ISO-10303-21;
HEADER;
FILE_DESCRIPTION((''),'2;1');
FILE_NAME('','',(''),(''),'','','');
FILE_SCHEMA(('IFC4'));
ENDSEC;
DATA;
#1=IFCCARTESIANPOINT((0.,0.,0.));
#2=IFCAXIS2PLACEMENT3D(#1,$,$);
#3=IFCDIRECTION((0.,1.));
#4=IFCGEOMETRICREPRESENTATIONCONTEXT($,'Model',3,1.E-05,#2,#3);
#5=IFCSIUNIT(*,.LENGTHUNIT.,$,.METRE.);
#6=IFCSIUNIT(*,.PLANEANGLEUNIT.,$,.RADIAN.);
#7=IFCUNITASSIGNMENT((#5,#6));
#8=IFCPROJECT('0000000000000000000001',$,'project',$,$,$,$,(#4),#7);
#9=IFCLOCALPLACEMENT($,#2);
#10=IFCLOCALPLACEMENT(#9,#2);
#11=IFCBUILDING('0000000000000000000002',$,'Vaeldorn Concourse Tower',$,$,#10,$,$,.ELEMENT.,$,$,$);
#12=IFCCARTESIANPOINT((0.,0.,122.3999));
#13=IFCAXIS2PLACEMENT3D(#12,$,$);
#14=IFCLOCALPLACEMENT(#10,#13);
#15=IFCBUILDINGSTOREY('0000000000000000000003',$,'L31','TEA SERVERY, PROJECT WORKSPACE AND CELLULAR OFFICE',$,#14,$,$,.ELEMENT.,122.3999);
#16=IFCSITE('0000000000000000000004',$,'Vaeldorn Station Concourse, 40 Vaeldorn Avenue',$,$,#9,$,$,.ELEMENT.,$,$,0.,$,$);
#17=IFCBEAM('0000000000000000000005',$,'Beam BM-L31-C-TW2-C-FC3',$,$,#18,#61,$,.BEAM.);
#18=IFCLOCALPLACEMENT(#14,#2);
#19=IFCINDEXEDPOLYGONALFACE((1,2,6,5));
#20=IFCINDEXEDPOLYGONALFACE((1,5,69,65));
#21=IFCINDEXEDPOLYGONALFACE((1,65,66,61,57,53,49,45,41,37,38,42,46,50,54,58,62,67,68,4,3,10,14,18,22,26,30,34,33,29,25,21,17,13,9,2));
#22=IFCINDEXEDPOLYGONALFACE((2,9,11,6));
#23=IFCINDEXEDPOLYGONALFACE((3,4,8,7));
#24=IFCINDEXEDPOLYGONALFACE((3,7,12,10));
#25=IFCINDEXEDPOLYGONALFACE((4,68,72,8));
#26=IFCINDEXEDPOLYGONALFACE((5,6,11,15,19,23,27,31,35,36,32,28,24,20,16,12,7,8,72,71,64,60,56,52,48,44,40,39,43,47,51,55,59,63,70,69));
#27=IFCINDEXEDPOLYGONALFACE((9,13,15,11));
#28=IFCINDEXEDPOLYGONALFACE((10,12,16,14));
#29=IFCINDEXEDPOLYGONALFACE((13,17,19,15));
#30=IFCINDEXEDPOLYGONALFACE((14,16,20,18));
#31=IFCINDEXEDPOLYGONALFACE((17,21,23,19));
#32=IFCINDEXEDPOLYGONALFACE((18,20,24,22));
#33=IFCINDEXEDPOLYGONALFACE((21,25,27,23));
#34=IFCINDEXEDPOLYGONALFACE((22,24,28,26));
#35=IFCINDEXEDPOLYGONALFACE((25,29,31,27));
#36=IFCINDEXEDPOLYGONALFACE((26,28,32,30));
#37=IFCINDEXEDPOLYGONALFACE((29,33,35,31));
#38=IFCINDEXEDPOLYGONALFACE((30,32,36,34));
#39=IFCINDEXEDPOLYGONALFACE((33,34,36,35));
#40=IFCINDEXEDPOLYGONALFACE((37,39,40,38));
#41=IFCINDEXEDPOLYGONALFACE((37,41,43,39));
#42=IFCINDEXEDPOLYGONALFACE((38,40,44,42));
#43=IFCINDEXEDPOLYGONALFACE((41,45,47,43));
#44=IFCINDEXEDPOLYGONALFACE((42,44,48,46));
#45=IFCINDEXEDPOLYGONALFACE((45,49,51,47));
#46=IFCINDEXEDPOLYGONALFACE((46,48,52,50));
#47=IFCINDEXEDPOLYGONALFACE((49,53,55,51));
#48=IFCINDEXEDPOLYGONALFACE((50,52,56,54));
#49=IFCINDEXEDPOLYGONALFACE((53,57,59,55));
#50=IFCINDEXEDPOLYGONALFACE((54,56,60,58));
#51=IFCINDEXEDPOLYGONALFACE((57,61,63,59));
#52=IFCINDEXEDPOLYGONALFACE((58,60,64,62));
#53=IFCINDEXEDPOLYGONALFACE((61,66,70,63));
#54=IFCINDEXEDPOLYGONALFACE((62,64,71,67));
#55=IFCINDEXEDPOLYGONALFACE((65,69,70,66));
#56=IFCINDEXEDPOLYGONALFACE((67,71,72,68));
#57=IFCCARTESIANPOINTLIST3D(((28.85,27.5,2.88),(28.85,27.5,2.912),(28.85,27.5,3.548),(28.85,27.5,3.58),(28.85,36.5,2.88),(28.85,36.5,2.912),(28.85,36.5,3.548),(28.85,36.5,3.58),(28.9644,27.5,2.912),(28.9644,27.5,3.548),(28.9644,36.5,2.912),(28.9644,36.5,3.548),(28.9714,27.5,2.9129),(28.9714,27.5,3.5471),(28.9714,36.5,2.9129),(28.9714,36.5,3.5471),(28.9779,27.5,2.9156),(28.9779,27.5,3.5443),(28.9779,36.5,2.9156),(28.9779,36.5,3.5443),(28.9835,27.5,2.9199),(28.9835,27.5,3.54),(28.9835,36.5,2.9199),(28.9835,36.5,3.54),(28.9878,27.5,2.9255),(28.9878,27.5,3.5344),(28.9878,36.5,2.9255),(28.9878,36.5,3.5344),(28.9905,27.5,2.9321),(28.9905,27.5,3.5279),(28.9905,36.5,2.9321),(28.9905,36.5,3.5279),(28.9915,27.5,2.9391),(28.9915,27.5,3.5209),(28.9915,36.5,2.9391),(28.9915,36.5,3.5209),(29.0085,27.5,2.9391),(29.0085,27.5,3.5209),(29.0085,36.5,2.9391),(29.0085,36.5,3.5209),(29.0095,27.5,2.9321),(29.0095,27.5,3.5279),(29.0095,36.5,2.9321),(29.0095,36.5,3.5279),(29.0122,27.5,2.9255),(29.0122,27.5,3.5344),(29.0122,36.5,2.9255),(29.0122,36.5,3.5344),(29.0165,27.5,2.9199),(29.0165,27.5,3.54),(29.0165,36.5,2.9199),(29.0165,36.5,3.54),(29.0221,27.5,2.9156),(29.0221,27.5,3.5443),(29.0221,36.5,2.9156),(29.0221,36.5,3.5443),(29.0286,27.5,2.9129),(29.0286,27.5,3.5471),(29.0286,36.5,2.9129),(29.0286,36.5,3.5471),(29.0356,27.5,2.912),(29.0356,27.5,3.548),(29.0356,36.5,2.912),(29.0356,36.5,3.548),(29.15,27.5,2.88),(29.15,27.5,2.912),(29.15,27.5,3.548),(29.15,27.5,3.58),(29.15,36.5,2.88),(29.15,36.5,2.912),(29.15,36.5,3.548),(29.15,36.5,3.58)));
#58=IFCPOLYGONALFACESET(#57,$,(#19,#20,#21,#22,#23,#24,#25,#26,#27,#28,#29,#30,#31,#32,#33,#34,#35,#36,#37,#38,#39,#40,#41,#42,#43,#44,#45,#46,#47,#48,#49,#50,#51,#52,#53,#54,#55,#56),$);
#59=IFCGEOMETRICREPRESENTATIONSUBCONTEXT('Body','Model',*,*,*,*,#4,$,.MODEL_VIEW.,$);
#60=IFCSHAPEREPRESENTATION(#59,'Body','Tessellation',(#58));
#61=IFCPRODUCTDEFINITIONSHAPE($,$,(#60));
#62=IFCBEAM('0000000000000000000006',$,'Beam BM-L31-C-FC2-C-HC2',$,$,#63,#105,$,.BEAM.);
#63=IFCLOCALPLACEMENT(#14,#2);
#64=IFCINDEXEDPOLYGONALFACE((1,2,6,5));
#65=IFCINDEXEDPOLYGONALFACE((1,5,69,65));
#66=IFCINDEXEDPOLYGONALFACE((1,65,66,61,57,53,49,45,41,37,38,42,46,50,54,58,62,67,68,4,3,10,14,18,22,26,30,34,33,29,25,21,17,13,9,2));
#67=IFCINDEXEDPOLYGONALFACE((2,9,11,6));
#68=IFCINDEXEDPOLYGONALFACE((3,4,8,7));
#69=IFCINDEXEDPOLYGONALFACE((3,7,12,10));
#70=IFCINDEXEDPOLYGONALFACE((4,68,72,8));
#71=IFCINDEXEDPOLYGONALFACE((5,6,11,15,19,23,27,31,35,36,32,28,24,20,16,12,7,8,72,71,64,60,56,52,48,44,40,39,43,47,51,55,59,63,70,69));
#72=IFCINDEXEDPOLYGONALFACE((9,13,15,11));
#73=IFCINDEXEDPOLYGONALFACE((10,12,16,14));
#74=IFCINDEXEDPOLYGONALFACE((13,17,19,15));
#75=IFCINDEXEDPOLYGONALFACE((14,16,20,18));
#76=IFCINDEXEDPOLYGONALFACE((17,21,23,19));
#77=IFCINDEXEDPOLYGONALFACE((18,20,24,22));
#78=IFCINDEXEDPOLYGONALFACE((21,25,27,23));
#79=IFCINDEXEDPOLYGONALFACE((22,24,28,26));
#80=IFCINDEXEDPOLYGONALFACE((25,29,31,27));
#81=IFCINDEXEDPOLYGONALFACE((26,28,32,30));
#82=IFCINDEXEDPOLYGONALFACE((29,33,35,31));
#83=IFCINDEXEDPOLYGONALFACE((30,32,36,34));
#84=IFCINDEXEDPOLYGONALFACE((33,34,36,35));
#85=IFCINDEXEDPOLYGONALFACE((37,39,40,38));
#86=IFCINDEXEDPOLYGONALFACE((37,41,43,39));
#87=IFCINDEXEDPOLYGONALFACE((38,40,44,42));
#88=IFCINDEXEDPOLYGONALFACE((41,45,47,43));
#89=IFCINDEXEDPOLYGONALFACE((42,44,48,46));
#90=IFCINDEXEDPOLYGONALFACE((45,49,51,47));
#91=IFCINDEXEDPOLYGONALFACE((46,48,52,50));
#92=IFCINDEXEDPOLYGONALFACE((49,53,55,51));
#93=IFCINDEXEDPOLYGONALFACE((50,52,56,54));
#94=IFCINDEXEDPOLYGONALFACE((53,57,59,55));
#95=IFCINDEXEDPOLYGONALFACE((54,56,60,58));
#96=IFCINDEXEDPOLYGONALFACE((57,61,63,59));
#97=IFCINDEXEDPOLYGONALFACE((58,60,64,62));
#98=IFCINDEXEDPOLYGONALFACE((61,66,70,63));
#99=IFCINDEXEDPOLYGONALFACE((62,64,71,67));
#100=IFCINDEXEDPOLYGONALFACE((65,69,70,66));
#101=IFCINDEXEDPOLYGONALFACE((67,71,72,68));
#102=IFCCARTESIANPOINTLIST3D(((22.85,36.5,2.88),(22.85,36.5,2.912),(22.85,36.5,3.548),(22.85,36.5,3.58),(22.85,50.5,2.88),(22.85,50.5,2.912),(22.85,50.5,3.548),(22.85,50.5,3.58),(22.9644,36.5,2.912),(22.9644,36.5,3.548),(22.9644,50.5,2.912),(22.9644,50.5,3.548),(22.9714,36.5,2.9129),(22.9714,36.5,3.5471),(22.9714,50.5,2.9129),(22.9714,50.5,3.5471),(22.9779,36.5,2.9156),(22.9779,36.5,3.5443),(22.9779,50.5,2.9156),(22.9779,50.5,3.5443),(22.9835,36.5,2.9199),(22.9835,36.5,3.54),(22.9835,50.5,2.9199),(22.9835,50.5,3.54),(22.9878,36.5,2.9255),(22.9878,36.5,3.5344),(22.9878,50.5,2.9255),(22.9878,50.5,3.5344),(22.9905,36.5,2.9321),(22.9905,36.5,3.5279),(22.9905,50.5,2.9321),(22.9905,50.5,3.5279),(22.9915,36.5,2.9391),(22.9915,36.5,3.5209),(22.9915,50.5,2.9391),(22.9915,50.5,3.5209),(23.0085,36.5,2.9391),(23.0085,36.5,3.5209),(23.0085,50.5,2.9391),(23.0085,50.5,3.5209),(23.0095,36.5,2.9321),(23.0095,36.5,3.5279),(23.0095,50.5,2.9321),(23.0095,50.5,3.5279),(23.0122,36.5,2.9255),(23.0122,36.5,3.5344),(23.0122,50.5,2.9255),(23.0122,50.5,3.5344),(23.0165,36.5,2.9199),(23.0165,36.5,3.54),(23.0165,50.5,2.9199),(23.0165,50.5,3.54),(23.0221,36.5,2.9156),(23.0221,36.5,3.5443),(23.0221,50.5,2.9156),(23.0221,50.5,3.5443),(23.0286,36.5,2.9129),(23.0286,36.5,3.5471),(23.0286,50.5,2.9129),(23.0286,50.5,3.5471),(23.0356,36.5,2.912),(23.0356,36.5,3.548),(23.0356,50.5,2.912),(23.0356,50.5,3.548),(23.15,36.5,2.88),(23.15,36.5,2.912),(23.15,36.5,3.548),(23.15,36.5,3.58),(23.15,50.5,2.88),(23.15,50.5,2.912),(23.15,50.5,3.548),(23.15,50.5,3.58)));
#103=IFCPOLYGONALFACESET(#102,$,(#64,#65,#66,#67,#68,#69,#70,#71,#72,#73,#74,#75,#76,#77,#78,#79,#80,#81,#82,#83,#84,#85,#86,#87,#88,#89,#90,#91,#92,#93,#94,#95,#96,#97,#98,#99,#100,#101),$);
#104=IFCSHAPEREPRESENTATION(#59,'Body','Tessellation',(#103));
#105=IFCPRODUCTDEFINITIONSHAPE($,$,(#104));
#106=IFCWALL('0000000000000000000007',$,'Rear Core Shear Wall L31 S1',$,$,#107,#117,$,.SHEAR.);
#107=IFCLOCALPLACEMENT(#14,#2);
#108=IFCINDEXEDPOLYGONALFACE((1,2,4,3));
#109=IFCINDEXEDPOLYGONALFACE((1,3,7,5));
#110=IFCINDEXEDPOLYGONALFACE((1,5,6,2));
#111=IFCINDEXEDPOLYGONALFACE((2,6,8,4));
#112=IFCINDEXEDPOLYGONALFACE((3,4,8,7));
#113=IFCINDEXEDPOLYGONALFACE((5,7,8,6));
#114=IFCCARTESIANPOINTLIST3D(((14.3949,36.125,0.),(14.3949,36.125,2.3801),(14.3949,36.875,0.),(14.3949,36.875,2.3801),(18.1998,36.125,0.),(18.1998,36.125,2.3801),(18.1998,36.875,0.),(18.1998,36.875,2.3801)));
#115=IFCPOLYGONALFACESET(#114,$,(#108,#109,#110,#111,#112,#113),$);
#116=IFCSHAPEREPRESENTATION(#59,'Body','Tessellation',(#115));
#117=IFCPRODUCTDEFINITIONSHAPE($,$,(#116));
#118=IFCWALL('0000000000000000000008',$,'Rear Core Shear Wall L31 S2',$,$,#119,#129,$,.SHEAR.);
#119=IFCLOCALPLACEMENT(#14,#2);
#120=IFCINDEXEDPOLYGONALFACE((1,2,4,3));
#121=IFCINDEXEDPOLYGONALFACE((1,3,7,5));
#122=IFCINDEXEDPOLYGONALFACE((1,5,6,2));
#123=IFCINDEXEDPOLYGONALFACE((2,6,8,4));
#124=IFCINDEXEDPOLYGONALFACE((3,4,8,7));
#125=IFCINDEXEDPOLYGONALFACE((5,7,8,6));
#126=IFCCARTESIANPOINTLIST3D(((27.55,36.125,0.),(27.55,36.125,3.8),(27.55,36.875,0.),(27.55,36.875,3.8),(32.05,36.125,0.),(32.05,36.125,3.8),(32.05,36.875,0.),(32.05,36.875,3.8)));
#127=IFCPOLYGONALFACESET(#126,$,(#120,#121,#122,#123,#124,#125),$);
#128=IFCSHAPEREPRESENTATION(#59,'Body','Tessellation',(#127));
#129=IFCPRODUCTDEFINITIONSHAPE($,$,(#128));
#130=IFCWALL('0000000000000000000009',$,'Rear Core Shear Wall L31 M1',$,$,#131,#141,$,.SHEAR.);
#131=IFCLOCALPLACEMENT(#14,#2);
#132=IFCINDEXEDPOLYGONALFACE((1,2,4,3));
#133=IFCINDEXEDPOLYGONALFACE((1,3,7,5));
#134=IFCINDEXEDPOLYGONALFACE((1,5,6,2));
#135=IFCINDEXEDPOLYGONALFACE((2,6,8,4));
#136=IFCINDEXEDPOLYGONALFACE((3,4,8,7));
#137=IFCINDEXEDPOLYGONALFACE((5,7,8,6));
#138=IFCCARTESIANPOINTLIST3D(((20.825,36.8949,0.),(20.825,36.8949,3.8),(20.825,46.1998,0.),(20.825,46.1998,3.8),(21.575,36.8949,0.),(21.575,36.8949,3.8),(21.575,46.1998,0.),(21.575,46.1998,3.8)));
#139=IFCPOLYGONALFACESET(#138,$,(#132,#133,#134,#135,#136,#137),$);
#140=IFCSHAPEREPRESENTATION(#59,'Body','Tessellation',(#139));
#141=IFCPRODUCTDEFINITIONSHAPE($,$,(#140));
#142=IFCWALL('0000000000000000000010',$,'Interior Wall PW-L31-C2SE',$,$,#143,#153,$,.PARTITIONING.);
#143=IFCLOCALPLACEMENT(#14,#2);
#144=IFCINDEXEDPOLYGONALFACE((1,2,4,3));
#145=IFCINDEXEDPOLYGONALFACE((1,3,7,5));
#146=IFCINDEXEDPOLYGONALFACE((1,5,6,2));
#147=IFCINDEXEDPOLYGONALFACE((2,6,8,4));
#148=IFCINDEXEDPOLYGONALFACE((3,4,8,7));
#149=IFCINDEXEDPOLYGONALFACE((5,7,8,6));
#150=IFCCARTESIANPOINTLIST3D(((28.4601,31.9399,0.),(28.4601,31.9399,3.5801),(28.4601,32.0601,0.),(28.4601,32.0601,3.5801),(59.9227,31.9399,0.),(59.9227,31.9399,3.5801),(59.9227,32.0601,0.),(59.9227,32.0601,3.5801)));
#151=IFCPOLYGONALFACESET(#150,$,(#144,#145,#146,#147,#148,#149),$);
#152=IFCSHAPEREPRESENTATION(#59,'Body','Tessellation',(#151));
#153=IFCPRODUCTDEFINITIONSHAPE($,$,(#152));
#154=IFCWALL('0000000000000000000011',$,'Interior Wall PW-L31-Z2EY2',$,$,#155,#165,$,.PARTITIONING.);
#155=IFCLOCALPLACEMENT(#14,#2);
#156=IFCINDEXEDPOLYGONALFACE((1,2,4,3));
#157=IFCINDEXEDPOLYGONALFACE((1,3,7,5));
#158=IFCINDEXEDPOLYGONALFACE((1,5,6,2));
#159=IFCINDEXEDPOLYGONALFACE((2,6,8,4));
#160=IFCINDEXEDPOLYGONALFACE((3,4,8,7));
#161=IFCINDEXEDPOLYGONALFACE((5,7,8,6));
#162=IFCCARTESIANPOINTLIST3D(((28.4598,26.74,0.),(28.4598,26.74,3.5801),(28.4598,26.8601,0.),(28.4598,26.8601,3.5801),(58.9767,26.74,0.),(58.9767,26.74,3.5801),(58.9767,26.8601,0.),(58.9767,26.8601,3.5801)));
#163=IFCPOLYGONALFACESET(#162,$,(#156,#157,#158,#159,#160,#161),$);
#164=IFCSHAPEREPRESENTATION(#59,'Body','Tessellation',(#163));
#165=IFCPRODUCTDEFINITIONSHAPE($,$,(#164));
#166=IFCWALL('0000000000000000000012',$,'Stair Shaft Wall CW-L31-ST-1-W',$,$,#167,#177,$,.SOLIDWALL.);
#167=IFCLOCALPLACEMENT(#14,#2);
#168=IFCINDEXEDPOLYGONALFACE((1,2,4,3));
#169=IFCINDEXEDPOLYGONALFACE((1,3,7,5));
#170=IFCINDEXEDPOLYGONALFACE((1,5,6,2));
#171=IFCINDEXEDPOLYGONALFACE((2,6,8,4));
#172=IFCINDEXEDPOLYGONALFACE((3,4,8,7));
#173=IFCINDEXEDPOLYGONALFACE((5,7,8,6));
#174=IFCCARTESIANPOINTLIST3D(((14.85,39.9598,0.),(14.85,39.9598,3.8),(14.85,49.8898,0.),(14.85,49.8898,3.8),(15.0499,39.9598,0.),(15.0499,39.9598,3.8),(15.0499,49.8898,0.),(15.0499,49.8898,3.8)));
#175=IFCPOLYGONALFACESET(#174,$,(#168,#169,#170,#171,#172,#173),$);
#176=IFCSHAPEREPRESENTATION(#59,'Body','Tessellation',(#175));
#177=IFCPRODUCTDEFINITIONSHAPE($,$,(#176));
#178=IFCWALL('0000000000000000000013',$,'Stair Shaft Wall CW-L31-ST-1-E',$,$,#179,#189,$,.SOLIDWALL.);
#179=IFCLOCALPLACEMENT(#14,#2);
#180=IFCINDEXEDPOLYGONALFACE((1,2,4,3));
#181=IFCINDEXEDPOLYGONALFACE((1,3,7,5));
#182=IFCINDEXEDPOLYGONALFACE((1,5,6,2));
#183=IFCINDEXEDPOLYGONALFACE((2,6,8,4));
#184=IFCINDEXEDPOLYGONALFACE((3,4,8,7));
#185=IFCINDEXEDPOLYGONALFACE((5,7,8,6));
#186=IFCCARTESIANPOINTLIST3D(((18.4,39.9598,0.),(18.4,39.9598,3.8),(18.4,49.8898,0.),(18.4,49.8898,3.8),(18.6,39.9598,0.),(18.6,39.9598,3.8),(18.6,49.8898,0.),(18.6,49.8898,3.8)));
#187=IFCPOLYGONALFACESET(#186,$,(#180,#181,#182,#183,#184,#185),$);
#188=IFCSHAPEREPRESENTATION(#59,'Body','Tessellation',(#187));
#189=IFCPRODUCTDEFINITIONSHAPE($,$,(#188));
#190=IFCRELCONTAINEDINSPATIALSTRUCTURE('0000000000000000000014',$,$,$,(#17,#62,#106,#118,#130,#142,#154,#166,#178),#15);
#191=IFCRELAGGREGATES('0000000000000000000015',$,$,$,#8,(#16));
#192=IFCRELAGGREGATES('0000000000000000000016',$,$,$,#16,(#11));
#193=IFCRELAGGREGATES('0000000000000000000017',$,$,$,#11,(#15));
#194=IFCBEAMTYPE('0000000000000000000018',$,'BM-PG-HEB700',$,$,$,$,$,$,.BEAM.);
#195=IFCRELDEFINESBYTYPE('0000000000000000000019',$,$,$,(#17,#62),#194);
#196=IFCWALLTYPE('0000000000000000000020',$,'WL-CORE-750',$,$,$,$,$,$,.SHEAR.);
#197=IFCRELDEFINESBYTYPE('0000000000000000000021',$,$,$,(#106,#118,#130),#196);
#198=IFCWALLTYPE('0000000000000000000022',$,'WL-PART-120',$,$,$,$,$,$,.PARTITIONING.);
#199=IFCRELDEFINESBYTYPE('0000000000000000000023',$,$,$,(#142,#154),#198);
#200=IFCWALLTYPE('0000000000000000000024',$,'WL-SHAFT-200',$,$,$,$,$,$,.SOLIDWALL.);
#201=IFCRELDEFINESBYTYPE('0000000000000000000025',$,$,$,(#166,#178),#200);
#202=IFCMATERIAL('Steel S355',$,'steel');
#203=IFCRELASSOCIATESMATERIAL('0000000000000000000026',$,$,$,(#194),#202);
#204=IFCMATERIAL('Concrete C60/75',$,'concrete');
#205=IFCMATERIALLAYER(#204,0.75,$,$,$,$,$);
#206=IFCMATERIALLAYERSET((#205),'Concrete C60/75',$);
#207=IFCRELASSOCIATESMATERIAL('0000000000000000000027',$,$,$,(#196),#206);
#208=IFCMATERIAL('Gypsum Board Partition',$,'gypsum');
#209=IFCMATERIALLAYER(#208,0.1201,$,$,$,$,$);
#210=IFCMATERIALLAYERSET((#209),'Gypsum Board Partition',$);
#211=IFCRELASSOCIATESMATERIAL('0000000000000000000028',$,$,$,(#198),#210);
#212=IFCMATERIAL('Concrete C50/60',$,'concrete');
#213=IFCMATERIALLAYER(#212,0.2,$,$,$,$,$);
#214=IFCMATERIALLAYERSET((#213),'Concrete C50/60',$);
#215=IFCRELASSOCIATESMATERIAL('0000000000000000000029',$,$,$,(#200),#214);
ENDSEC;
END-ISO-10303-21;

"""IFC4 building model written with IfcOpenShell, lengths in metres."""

from ifc_helpers import new_model, si_unit, direction, frame, frame_2d, origin, origin_2d, place, context, subcontext, project, spatial, rectangle, i_section, extrude, source, transform, mapped, material, layer, layer_set, material_profile, profile_set, type_object, element, save


model = new_model("IFC4")

# Units and contexts
model_context = context("Model", 3, precision=1e-05, world=origin(), true_north=direction((0.0, 1.0)))
body_context = subcontext(model_context, "Body", "Model", "MODEL_VIEW")
ifc_project = project(units=[si_unit("LENGTHUNIT", "METRE"), si_unit("PLANEANGLEUNIT", "RADIAN")], contexts=[model_context])

# Site, building, storey
site_placement = place(None, origin())
site = spatial("IfcSite", under=ifc_project, at=site_placement, Name="Vaeldorn Station Concourse, 40 Vaeldorn Avenue", CompositionType="ELEMENT", RefElevation=0.0)
building_placement = place(site_placement, origin())
building = spatial("IfcBuilding", under=site, at=building_placement, Name="Vaeldorn Concourse Tower", CompositionType="ELEMENT")
storey_placement = place(building_placement, frame((0.0, 0.0, 122.3999)))
storey = spatial("IfcBuildingStorey", under=building, at=storey_placement, Name="L31", Description="TEA SERVERY, PROJECT WORKSPACE AND CELLULAR OFFICE", CompositionType="ELEMENT", Elevation=122.3999)

# Beams
ifc_material_1 = material(Name="Steel S355", Category="steel")
ifc_material_profile_1 = material_profile(ifc_material_1, i_section(OverallWidth=0.3, OverallDepth=0.7, WebThickness=0.0171, FlangeThickness=0.032, FilletRadius=0.0271, at=origin_2d()), Name="HEB 700")
ifc_profile_set_1 = profile_set([ifc_material_profile_1], Name="Steel S355")
beam_type_1 = type_object("IfcBeamType", Name="BM-PG-HEB700", PredefinedType="BEAM", material=ifc_profile_set_1)
shared_shape_1 = source(origin(), body_context, "Body", "SweptSolid", [
    extrude(i_section(OverallWidth=0.3, OverallDepth=0.7, WebThickness=0.0171, FlangeThickness=0.032, FilletRadius=0.0271, at=origin_2d()), origin(), (0.0, 0.0, 1.0), 9.0),
])
for number, where, z_axis, x_axis, name in (
    (1, (29.0, 27.5, 3.23), (0.0, 1.0, 0.0), (-1.0, 0.0, 0.0), "Beam BM-L31-C-TW2-C-FC3"),
):
    element("IfcBeam", number, at=place(storey_placement, frame(where, z_axis=z_axis, x_axis=x_axis)), inside=storey, type_object=beam_type_1, Name=name, PredefinedType="BEAM", context=body_context, shape_type="MappedRepresentation", body=[
        mapped(shared_shape_1, transform((0.0, 0.0, 0.0), scale=1.0)),
    ])
shared_shape_2 = source(origin(), body_context, "Body", "SweptSolid", [
    extrude(i_section(OverallWidth=0.3, OverallDepth=0.7, WebThickness=0.0171, FlangeThickness=0.032, FilletRadius=0.0271, at=origin_2d()), origin(), (0.0, 0.0, 1.0), 14.0),
])
beam_placement = place(storey_placement, frame((23.0, 36.5, 3.23), z_axis=(0.0, 1.0, 0.0), x_axis=(-1.0, 0.0, 0.0)))
element("IfcBeam", 2, at=beam_placement, inside=storey, type_object=beam_type_1, Name="Beam BM-L31-C-FC2-C-HC2", PredefinedType="BEAM", context=body_context, shape_type="MappedRepresentation", body=[
    mapped(shared_shape_2, transform((0.0, 0.0, 0.0), scale=1.0)),
])

# Walls
ifc_material_2 = material(Name="Concrete C60/75", Category="concrete")
ifc_layer_1 = layer(ifc_material_2, 0.75)
ifc_layer_set_1 = layer_set([ifc_layer_1], Name="Concrete C60/75")
wall_type_1 = type_object("IfcWallType", Name="WL-CORE-750", PredefinedType="SHEAR", material=ifc_layer_set_1)
wall_1_placement = place(storey_placement, frame((14.395, 36.5, 0.0), z_axis=(0.0, 0.0, 1.0), x_axis=(1.0, 0.0, 0.0)))
element("IfcWall", 3, at=wall_1_placement, inside=storey, type_object=wall_type_1, Name="Rear Core Shear Wall L31 S1", PredefinedType="SHEAR", context=body_context, shape_type="SweptSolid", body=[
    extrude(rectangle(XDim=3.8049, YDim=0.75, at=frame_2d((1.9023, 0.0))), origin(), (0.0, 0.0, 1.0), 2.3801),
])
wall_2_placement = place(storey_placement, frame((27.55, 36.5, 0.0), z_axis=(0.0, 0.0, 1.0), x_axis=(1.0, 0.0, 0.0)))
element("IfcWall", 4, at=wall_2_placement, inside=storey, type_object=wall_type_1, Name="Rear Core Shear Wall L31 S2", PredefinedType="SHEAR", context=body_context, shape_type="SweptSolid", body=[
    extrude(rectangle(XDim=4.5, YDim=0.75, at=frame_2d((2.25, 0.0))), origin(), (0.0, 0.0, 1.0), 3.8),
])
wall_3_placement = place(storey_placement, frame((21.2, 36.895, 0.0), z_axis=(0.0, 0.0, 1.0), x_axis=(0.0, 1.0, 0.0)))
element("IfcWall", 5, at=wall_3_placement, inside=storey, type_object=wall_type_1, Name="Rear Core Shear Wall L31 M1", PredefinedType="SHEAR", context=body_context, shape_type="SweptSolid", body=[
    extrude(rectangle(XDim=9.3049, YDim=0.75, at=frame_2d((4.6523, 0.0))), origin(), (0.0, 0.0, 1.0), 3.8),
])
ifc_material_3 = material(Name="Gypsum Board Partition", Category="gypsum")
ifc_layer_2 = layer(ifc_material_3, 0.1201)
ifc_layer_set_2 = layer_set([ifc_layer_2], Name="Gypsum Board Partition")
wall_type_2 = type_object("IfcWallType", Name="WL-PART-120", PredefinedType="PARTITIONING", material=ifc_layer_set_2)
wall_4_placement = place(storey_placement, frame((28.46, 32.0, 0.0), z_axis=(0.0, 0.0, 1.0), x_axis=(1.0, 0.0, 0.0)))
element("IfcWall", 6, at=wall_4_placement, inside=storey, type_object=wall_type_2, Name="Interior Wall PW-L31-C2SE", PredefinedType="PARTITIONING", context=body_context, shape_type="SweptSolid", body=[
    extrude(rectangle(XDim=31.4626, YDim=0.1201, at=frame_2d((15.7314, 0.0))), origin(), (0.0, 0.0, 1.0), 3.5801),
])
wall_5_placement = place(storey_placement, frame((28.46, 26.8, 0.0), z_axis=(0.0, 0.0, 1.0), x_axis=(1.0, 0.0, 0.0)))
element("IfcWall", 7, at=wall_5_placement, inside=storey, type_object=wall_type_2, Name="Interior Wall PW-L31-Z2EY2", PredefinedType="PARTITIONING", context=body_context, shape_type="SweptSolid", body=[
    extrude(rectangle(XDim=30.5168, YDim=0.1201, at=frame_2d((15.2583, 0.0))), origin(), (0.0, 0.0, 1.0), 3.5801),
])

# Shared definitions
ifc_material_4 = material(Name="Concrete C50/60", Category="concrete")
ifc_layer_3 = layer(ifc_material_4, 0.2)
ifc_layer_set_3 = layer_set([ifc_layer_3], Name="Concrete C50/60")
wall_type_3 = type_object("IfcWallType", Name="WL-SHAFT-200", PredefinedType="SOLIDWALL", material=ifc_layer_set_3)

# Walls
for number, where, z_axis, x_axis, name in (
    (8, (14.95, 39.96, 0.0), (0.0, 0.0, 1.0), (0.0, 1.0, 0.0), "Stair Shaft Wall CW-L31-ST-1-W"),
    (9, (18.5, 39.96, 0.0), (0.0, 0.0, 1.0), (0.0, 1.0, 0.0), "Stair Shaft Wall CW-L31-ST-1-E"),
):
    element("IfcWall", number, at=place(storey_placement, frame(where, z_axis=z_axis, x_axis=x_axis)), inside=storey, type_object=wall_type_3, Name=name, PredefinedType="SOLIDWALL", context=body_context, shape_type="SweptSolid", body=[
        extrude(rectangle(XDim=9.9299, YDim=0.2, at=frame_2d((4.9648, 0.0))), origin(), (0.0, 0.0, 1.0), 3.8),
    ])

save(model, "model.ifc")
